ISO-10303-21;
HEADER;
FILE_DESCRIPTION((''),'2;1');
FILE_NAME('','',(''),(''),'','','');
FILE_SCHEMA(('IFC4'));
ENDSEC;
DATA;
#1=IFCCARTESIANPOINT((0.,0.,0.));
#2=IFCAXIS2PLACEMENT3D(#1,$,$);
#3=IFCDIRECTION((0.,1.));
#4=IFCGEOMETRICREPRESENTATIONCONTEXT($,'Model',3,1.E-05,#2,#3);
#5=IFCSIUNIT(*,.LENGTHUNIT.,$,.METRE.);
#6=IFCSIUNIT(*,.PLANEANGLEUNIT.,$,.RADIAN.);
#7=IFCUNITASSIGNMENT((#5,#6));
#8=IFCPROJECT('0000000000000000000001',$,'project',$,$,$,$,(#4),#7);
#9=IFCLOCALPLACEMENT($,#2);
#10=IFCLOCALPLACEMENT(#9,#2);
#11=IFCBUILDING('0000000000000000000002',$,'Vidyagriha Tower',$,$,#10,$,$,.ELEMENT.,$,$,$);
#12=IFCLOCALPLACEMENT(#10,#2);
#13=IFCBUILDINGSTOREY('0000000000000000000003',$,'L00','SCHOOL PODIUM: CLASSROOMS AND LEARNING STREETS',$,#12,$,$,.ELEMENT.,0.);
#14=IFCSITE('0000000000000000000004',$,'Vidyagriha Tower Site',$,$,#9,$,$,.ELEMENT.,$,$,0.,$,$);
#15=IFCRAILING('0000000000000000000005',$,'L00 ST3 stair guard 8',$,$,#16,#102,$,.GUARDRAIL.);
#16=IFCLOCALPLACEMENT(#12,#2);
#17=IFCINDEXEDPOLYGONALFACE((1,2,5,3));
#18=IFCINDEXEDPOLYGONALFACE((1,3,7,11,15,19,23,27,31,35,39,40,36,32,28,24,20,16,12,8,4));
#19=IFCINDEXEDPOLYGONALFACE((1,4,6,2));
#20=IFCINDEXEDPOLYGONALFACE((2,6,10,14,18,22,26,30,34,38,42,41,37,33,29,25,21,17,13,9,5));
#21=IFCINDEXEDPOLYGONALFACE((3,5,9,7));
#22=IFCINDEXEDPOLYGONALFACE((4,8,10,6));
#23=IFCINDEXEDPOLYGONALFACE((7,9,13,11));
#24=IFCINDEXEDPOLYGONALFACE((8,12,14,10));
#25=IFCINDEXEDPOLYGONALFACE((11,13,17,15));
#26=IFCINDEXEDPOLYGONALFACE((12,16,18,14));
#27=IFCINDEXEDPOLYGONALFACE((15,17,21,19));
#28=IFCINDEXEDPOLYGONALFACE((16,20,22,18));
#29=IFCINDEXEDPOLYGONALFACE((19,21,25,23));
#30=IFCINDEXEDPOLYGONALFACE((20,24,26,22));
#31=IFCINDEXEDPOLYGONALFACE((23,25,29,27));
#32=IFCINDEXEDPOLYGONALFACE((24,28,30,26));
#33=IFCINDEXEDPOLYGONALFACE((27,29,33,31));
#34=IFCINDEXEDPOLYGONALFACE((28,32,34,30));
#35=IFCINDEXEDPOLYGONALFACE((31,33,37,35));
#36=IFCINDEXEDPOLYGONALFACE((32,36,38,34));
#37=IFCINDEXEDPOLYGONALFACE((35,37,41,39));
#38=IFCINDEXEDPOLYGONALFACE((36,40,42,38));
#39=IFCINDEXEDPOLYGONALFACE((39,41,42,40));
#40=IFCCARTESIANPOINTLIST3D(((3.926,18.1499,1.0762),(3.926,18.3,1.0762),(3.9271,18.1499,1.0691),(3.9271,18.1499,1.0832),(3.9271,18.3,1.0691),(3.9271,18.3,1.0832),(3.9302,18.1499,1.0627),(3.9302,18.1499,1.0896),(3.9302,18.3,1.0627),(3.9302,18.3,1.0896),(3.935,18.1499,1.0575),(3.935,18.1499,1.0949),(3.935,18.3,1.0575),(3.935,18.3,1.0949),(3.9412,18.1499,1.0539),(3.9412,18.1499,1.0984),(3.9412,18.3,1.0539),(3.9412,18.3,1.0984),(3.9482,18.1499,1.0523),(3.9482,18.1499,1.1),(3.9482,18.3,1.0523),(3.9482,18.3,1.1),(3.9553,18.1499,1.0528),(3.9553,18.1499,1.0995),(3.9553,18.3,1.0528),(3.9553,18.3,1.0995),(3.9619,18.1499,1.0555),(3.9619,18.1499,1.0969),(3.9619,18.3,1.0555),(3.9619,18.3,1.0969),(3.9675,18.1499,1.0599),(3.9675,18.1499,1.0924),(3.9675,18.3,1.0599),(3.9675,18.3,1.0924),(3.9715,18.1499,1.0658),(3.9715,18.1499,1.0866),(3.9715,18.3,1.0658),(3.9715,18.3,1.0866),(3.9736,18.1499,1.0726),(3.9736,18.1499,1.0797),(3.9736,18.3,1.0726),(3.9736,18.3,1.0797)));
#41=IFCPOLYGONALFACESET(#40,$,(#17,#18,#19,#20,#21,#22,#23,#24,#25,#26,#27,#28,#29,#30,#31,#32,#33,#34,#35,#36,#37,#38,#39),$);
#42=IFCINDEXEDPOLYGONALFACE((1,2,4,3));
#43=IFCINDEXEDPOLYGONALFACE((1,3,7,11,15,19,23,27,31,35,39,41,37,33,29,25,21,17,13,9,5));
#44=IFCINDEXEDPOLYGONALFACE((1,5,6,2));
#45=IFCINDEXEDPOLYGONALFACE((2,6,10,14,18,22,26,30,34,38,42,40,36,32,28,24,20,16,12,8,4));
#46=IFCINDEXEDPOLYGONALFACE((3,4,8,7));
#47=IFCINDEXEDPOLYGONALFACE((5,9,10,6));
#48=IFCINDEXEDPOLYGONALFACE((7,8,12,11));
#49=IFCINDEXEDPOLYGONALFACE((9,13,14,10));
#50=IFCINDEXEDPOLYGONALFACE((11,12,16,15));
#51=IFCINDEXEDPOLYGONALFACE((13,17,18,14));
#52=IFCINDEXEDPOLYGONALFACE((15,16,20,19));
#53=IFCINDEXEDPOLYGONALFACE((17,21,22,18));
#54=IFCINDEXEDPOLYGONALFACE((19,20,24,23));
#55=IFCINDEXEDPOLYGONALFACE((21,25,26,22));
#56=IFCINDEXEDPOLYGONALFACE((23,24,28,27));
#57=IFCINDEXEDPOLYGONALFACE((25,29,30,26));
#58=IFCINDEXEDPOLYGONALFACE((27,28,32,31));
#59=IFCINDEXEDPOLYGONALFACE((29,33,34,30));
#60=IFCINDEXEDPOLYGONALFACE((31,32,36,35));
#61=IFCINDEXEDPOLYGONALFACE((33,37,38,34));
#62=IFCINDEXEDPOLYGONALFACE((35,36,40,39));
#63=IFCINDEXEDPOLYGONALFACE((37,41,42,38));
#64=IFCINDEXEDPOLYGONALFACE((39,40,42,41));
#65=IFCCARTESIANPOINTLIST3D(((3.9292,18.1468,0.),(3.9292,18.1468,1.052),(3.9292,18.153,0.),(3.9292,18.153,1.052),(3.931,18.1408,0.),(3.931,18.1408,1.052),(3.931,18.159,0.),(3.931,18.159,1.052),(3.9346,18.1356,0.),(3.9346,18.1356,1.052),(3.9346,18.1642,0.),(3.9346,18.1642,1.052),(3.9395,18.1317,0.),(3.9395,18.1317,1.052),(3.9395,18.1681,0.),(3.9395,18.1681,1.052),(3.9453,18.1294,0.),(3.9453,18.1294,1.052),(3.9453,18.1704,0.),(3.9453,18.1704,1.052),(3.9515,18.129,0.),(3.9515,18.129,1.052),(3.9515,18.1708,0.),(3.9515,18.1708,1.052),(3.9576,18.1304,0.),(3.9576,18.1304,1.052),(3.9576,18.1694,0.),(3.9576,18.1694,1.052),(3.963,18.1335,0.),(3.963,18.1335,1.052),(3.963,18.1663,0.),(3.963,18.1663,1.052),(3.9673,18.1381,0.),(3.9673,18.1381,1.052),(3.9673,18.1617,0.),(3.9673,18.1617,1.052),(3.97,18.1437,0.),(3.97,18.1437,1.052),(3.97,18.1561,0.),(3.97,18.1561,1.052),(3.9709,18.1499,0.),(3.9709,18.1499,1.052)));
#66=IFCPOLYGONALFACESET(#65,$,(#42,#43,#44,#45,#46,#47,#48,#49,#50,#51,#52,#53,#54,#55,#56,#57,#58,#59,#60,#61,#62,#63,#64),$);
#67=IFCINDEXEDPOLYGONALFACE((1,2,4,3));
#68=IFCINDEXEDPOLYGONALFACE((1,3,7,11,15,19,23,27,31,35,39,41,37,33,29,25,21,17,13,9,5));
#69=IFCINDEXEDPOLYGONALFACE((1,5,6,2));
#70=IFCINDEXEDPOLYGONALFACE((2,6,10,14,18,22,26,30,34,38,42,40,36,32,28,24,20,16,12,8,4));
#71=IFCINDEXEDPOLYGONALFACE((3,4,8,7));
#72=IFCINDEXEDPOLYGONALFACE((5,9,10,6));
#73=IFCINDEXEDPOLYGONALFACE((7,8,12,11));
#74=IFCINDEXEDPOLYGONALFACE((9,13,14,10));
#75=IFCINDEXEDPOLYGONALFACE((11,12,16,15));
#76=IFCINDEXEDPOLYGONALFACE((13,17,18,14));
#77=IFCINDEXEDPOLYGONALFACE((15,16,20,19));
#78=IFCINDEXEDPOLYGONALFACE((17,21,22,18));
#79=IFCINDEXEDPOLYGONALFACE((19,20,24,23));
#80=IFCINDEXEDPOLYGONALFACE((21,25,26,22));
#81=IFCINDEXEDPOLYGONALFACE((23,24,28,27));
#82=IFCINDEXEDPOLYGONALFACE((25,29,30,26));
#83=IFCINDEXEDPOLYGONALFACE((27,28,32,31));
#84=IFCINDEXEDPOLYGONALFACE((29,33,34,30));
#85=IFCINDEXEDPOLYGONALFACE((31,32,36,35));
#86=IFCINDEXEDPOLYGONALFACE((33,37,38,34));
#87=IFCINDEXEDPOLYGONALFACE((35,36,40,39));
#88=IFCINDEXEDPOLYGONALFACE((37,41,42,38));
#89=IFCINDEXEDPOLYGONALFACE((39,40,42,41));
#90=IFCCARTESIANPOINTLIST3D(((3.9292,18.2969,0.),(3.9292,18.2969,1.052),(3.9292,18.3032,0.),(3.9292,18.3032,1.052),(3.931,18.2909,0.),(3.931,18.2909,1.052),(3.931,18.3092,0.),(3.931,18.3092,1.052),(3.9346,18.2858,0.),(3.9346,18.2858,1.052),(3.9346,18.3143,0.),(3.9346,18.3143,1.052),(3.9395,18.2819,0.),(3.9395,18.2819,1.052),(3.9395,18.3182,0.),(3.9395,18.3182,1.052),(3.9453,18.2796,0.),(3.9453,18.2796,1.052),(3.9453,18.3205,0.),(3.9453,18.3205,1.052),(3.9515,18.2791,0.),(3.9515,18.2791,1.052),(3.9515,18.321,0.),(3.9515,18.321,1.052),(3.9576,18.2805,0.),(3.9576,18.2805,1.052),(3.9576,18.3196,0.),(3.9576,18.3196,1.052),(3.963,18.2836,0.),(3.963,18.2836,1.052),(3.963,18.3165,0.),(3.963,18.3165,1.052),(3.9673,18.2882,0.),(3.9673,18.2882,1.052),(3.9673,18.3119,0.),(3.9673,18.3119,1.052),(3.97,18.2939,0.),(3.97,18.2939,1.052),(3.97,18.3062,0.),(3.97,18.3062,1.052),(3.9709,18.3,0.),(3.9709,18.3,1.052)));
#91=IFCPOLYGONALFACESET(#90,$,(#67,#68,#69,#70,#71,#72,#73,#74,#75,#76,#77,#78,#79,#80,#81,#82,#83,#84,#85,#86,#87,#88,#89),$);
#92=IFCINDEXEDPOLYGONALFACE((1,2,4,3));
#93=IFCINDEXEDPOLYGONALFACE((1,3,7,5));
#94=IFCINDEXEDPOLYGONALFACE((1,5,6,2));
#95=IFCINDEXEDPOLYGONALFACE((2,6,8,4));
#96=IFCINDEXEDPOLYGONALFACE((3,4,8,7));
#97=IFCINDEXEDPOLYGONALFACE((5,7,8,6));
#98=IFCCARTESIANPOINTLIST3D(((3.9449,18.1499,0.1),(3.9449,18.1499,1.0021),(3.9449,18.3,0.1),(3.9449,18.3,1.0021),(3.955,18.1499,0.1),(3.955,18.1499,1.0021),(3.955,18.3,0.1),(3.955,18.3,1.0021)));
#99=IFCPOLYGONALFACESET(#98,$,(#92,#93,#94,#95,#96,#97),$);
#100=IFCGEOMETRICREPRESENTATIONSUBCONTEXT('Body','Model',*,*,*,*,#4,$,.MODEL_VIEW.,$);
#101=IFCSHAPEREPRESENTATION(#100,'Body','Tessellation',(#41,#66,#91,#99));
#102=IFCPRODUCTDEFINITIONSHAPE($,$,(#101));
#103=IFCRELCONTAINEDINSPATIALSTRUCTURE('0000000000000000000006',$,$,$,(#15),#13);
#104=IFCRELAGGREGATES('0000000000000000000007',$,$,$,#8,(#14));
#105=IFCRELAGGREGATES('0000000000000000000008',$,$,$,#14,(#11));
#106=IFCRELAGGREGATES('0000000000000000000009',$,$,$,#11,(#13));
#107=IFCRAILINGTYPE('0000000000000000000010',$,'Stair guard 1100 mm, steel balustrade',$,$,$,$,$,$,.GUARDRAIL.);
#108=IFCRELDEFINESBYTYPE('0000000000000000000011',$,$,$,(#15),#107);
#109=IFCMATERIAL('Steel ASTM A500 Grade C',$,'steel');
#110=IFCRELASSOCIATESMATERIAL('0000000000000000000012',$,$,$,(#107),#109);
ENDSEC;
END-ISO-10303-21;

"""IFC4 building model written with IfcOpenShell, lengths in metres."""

from ifc_helpers import new_model, si_unit, direction, frame, origin, origin_2d, place, context, subcontext, project, spatial, rectangle, circle, extrude, material, type_object, element, save


model = new_model("IFC4")

# Units and contexts
model_context = context("Model", 3, precision=1e-05, world=origin(), true_north=direction((0.0, 1.0)))
body_context = subcontext(model_context, "Body", "Model", "MODEL_VIEW")
ifc_project = project(units=[si_unit("LENGTHUNIT", "METRE"), si_unit("PLANEANGLEUNIT", "RADIAN")], contexts=[model_context])

# Site, building, storey
site_placement = place(None, origin())
site = spatial("IfcSite", under=ifc_project, at=site_placement, Name="Vidyagriha Tower Site", CompositionType="ELEMENT", RefElevation=0.0)
building_placement = place(site_placement, origin())
building = spatial("IfcBuilding", under=site, at=building_placement, Name="Vidyagriha Tower", CompositionType="ELEMENT")
storey_placement = place(building_placement, origin())
storey = spatial("IfcBuildingStorey", under=building, at=storey_placement, Name="L00", Description="SCHOOL PODIUM: CLASSROOMS AND LEARNING STREETS", CompositionType="ELEMENT", Elevation=0.0)

# Railing
ifc_material_1 = material(Name="Steel ASTM A500 Grade C", Category="steel")
railing_type_1 = type_object("IfcRailingType", Name="Stair guard 1100 mm, steel balustrade", PredefinedType="GUARDRAIL", material=ifc_material_1)
railing_1_placement = place(storey_placement, frame((3.95, 18.1499, 0.0)))
element("IfcRailing", 1, at=railing_1_placement, inside=storey, type_object=railing_type_1, Name="L00 ST3 stair guard 8", PredefinedType="GUARDRAIL", context=body_context, shape_type="SweptSolid", body=[
    extrude(circle(Radius=0.0239, at=origin_2d()), frame((0.0, 0.0, 1.0762), z_axis=(0.0, 1.0, 0.0), x_axis=(-1.0, 0.0, 0.0)), (0.0, 0.0, 1.0), 0.1501),
    extrude(circle(Radius=0.021, at=origin_2d()), origin(), (0.0, 0.0, 1.0), 1.052),
    extrude(circle(Radius=0.021, at=origin_2d()), frame((0.0, 0.1501, 0.0)), (0.0, 0.0, 1.0), 1.052),
    extrude(rectangle(XDim=0.01, YDim=0.9021, at=origin_2d()), frame((0.0, 0.0, 0.551), z_axis=(0.0, 1.0, 0.0), x_axis=(-1.0, 0.0, 0.0)), (0.0, 0.0, 1.0), 0.1501),
])

save(model, "model.ifc")
